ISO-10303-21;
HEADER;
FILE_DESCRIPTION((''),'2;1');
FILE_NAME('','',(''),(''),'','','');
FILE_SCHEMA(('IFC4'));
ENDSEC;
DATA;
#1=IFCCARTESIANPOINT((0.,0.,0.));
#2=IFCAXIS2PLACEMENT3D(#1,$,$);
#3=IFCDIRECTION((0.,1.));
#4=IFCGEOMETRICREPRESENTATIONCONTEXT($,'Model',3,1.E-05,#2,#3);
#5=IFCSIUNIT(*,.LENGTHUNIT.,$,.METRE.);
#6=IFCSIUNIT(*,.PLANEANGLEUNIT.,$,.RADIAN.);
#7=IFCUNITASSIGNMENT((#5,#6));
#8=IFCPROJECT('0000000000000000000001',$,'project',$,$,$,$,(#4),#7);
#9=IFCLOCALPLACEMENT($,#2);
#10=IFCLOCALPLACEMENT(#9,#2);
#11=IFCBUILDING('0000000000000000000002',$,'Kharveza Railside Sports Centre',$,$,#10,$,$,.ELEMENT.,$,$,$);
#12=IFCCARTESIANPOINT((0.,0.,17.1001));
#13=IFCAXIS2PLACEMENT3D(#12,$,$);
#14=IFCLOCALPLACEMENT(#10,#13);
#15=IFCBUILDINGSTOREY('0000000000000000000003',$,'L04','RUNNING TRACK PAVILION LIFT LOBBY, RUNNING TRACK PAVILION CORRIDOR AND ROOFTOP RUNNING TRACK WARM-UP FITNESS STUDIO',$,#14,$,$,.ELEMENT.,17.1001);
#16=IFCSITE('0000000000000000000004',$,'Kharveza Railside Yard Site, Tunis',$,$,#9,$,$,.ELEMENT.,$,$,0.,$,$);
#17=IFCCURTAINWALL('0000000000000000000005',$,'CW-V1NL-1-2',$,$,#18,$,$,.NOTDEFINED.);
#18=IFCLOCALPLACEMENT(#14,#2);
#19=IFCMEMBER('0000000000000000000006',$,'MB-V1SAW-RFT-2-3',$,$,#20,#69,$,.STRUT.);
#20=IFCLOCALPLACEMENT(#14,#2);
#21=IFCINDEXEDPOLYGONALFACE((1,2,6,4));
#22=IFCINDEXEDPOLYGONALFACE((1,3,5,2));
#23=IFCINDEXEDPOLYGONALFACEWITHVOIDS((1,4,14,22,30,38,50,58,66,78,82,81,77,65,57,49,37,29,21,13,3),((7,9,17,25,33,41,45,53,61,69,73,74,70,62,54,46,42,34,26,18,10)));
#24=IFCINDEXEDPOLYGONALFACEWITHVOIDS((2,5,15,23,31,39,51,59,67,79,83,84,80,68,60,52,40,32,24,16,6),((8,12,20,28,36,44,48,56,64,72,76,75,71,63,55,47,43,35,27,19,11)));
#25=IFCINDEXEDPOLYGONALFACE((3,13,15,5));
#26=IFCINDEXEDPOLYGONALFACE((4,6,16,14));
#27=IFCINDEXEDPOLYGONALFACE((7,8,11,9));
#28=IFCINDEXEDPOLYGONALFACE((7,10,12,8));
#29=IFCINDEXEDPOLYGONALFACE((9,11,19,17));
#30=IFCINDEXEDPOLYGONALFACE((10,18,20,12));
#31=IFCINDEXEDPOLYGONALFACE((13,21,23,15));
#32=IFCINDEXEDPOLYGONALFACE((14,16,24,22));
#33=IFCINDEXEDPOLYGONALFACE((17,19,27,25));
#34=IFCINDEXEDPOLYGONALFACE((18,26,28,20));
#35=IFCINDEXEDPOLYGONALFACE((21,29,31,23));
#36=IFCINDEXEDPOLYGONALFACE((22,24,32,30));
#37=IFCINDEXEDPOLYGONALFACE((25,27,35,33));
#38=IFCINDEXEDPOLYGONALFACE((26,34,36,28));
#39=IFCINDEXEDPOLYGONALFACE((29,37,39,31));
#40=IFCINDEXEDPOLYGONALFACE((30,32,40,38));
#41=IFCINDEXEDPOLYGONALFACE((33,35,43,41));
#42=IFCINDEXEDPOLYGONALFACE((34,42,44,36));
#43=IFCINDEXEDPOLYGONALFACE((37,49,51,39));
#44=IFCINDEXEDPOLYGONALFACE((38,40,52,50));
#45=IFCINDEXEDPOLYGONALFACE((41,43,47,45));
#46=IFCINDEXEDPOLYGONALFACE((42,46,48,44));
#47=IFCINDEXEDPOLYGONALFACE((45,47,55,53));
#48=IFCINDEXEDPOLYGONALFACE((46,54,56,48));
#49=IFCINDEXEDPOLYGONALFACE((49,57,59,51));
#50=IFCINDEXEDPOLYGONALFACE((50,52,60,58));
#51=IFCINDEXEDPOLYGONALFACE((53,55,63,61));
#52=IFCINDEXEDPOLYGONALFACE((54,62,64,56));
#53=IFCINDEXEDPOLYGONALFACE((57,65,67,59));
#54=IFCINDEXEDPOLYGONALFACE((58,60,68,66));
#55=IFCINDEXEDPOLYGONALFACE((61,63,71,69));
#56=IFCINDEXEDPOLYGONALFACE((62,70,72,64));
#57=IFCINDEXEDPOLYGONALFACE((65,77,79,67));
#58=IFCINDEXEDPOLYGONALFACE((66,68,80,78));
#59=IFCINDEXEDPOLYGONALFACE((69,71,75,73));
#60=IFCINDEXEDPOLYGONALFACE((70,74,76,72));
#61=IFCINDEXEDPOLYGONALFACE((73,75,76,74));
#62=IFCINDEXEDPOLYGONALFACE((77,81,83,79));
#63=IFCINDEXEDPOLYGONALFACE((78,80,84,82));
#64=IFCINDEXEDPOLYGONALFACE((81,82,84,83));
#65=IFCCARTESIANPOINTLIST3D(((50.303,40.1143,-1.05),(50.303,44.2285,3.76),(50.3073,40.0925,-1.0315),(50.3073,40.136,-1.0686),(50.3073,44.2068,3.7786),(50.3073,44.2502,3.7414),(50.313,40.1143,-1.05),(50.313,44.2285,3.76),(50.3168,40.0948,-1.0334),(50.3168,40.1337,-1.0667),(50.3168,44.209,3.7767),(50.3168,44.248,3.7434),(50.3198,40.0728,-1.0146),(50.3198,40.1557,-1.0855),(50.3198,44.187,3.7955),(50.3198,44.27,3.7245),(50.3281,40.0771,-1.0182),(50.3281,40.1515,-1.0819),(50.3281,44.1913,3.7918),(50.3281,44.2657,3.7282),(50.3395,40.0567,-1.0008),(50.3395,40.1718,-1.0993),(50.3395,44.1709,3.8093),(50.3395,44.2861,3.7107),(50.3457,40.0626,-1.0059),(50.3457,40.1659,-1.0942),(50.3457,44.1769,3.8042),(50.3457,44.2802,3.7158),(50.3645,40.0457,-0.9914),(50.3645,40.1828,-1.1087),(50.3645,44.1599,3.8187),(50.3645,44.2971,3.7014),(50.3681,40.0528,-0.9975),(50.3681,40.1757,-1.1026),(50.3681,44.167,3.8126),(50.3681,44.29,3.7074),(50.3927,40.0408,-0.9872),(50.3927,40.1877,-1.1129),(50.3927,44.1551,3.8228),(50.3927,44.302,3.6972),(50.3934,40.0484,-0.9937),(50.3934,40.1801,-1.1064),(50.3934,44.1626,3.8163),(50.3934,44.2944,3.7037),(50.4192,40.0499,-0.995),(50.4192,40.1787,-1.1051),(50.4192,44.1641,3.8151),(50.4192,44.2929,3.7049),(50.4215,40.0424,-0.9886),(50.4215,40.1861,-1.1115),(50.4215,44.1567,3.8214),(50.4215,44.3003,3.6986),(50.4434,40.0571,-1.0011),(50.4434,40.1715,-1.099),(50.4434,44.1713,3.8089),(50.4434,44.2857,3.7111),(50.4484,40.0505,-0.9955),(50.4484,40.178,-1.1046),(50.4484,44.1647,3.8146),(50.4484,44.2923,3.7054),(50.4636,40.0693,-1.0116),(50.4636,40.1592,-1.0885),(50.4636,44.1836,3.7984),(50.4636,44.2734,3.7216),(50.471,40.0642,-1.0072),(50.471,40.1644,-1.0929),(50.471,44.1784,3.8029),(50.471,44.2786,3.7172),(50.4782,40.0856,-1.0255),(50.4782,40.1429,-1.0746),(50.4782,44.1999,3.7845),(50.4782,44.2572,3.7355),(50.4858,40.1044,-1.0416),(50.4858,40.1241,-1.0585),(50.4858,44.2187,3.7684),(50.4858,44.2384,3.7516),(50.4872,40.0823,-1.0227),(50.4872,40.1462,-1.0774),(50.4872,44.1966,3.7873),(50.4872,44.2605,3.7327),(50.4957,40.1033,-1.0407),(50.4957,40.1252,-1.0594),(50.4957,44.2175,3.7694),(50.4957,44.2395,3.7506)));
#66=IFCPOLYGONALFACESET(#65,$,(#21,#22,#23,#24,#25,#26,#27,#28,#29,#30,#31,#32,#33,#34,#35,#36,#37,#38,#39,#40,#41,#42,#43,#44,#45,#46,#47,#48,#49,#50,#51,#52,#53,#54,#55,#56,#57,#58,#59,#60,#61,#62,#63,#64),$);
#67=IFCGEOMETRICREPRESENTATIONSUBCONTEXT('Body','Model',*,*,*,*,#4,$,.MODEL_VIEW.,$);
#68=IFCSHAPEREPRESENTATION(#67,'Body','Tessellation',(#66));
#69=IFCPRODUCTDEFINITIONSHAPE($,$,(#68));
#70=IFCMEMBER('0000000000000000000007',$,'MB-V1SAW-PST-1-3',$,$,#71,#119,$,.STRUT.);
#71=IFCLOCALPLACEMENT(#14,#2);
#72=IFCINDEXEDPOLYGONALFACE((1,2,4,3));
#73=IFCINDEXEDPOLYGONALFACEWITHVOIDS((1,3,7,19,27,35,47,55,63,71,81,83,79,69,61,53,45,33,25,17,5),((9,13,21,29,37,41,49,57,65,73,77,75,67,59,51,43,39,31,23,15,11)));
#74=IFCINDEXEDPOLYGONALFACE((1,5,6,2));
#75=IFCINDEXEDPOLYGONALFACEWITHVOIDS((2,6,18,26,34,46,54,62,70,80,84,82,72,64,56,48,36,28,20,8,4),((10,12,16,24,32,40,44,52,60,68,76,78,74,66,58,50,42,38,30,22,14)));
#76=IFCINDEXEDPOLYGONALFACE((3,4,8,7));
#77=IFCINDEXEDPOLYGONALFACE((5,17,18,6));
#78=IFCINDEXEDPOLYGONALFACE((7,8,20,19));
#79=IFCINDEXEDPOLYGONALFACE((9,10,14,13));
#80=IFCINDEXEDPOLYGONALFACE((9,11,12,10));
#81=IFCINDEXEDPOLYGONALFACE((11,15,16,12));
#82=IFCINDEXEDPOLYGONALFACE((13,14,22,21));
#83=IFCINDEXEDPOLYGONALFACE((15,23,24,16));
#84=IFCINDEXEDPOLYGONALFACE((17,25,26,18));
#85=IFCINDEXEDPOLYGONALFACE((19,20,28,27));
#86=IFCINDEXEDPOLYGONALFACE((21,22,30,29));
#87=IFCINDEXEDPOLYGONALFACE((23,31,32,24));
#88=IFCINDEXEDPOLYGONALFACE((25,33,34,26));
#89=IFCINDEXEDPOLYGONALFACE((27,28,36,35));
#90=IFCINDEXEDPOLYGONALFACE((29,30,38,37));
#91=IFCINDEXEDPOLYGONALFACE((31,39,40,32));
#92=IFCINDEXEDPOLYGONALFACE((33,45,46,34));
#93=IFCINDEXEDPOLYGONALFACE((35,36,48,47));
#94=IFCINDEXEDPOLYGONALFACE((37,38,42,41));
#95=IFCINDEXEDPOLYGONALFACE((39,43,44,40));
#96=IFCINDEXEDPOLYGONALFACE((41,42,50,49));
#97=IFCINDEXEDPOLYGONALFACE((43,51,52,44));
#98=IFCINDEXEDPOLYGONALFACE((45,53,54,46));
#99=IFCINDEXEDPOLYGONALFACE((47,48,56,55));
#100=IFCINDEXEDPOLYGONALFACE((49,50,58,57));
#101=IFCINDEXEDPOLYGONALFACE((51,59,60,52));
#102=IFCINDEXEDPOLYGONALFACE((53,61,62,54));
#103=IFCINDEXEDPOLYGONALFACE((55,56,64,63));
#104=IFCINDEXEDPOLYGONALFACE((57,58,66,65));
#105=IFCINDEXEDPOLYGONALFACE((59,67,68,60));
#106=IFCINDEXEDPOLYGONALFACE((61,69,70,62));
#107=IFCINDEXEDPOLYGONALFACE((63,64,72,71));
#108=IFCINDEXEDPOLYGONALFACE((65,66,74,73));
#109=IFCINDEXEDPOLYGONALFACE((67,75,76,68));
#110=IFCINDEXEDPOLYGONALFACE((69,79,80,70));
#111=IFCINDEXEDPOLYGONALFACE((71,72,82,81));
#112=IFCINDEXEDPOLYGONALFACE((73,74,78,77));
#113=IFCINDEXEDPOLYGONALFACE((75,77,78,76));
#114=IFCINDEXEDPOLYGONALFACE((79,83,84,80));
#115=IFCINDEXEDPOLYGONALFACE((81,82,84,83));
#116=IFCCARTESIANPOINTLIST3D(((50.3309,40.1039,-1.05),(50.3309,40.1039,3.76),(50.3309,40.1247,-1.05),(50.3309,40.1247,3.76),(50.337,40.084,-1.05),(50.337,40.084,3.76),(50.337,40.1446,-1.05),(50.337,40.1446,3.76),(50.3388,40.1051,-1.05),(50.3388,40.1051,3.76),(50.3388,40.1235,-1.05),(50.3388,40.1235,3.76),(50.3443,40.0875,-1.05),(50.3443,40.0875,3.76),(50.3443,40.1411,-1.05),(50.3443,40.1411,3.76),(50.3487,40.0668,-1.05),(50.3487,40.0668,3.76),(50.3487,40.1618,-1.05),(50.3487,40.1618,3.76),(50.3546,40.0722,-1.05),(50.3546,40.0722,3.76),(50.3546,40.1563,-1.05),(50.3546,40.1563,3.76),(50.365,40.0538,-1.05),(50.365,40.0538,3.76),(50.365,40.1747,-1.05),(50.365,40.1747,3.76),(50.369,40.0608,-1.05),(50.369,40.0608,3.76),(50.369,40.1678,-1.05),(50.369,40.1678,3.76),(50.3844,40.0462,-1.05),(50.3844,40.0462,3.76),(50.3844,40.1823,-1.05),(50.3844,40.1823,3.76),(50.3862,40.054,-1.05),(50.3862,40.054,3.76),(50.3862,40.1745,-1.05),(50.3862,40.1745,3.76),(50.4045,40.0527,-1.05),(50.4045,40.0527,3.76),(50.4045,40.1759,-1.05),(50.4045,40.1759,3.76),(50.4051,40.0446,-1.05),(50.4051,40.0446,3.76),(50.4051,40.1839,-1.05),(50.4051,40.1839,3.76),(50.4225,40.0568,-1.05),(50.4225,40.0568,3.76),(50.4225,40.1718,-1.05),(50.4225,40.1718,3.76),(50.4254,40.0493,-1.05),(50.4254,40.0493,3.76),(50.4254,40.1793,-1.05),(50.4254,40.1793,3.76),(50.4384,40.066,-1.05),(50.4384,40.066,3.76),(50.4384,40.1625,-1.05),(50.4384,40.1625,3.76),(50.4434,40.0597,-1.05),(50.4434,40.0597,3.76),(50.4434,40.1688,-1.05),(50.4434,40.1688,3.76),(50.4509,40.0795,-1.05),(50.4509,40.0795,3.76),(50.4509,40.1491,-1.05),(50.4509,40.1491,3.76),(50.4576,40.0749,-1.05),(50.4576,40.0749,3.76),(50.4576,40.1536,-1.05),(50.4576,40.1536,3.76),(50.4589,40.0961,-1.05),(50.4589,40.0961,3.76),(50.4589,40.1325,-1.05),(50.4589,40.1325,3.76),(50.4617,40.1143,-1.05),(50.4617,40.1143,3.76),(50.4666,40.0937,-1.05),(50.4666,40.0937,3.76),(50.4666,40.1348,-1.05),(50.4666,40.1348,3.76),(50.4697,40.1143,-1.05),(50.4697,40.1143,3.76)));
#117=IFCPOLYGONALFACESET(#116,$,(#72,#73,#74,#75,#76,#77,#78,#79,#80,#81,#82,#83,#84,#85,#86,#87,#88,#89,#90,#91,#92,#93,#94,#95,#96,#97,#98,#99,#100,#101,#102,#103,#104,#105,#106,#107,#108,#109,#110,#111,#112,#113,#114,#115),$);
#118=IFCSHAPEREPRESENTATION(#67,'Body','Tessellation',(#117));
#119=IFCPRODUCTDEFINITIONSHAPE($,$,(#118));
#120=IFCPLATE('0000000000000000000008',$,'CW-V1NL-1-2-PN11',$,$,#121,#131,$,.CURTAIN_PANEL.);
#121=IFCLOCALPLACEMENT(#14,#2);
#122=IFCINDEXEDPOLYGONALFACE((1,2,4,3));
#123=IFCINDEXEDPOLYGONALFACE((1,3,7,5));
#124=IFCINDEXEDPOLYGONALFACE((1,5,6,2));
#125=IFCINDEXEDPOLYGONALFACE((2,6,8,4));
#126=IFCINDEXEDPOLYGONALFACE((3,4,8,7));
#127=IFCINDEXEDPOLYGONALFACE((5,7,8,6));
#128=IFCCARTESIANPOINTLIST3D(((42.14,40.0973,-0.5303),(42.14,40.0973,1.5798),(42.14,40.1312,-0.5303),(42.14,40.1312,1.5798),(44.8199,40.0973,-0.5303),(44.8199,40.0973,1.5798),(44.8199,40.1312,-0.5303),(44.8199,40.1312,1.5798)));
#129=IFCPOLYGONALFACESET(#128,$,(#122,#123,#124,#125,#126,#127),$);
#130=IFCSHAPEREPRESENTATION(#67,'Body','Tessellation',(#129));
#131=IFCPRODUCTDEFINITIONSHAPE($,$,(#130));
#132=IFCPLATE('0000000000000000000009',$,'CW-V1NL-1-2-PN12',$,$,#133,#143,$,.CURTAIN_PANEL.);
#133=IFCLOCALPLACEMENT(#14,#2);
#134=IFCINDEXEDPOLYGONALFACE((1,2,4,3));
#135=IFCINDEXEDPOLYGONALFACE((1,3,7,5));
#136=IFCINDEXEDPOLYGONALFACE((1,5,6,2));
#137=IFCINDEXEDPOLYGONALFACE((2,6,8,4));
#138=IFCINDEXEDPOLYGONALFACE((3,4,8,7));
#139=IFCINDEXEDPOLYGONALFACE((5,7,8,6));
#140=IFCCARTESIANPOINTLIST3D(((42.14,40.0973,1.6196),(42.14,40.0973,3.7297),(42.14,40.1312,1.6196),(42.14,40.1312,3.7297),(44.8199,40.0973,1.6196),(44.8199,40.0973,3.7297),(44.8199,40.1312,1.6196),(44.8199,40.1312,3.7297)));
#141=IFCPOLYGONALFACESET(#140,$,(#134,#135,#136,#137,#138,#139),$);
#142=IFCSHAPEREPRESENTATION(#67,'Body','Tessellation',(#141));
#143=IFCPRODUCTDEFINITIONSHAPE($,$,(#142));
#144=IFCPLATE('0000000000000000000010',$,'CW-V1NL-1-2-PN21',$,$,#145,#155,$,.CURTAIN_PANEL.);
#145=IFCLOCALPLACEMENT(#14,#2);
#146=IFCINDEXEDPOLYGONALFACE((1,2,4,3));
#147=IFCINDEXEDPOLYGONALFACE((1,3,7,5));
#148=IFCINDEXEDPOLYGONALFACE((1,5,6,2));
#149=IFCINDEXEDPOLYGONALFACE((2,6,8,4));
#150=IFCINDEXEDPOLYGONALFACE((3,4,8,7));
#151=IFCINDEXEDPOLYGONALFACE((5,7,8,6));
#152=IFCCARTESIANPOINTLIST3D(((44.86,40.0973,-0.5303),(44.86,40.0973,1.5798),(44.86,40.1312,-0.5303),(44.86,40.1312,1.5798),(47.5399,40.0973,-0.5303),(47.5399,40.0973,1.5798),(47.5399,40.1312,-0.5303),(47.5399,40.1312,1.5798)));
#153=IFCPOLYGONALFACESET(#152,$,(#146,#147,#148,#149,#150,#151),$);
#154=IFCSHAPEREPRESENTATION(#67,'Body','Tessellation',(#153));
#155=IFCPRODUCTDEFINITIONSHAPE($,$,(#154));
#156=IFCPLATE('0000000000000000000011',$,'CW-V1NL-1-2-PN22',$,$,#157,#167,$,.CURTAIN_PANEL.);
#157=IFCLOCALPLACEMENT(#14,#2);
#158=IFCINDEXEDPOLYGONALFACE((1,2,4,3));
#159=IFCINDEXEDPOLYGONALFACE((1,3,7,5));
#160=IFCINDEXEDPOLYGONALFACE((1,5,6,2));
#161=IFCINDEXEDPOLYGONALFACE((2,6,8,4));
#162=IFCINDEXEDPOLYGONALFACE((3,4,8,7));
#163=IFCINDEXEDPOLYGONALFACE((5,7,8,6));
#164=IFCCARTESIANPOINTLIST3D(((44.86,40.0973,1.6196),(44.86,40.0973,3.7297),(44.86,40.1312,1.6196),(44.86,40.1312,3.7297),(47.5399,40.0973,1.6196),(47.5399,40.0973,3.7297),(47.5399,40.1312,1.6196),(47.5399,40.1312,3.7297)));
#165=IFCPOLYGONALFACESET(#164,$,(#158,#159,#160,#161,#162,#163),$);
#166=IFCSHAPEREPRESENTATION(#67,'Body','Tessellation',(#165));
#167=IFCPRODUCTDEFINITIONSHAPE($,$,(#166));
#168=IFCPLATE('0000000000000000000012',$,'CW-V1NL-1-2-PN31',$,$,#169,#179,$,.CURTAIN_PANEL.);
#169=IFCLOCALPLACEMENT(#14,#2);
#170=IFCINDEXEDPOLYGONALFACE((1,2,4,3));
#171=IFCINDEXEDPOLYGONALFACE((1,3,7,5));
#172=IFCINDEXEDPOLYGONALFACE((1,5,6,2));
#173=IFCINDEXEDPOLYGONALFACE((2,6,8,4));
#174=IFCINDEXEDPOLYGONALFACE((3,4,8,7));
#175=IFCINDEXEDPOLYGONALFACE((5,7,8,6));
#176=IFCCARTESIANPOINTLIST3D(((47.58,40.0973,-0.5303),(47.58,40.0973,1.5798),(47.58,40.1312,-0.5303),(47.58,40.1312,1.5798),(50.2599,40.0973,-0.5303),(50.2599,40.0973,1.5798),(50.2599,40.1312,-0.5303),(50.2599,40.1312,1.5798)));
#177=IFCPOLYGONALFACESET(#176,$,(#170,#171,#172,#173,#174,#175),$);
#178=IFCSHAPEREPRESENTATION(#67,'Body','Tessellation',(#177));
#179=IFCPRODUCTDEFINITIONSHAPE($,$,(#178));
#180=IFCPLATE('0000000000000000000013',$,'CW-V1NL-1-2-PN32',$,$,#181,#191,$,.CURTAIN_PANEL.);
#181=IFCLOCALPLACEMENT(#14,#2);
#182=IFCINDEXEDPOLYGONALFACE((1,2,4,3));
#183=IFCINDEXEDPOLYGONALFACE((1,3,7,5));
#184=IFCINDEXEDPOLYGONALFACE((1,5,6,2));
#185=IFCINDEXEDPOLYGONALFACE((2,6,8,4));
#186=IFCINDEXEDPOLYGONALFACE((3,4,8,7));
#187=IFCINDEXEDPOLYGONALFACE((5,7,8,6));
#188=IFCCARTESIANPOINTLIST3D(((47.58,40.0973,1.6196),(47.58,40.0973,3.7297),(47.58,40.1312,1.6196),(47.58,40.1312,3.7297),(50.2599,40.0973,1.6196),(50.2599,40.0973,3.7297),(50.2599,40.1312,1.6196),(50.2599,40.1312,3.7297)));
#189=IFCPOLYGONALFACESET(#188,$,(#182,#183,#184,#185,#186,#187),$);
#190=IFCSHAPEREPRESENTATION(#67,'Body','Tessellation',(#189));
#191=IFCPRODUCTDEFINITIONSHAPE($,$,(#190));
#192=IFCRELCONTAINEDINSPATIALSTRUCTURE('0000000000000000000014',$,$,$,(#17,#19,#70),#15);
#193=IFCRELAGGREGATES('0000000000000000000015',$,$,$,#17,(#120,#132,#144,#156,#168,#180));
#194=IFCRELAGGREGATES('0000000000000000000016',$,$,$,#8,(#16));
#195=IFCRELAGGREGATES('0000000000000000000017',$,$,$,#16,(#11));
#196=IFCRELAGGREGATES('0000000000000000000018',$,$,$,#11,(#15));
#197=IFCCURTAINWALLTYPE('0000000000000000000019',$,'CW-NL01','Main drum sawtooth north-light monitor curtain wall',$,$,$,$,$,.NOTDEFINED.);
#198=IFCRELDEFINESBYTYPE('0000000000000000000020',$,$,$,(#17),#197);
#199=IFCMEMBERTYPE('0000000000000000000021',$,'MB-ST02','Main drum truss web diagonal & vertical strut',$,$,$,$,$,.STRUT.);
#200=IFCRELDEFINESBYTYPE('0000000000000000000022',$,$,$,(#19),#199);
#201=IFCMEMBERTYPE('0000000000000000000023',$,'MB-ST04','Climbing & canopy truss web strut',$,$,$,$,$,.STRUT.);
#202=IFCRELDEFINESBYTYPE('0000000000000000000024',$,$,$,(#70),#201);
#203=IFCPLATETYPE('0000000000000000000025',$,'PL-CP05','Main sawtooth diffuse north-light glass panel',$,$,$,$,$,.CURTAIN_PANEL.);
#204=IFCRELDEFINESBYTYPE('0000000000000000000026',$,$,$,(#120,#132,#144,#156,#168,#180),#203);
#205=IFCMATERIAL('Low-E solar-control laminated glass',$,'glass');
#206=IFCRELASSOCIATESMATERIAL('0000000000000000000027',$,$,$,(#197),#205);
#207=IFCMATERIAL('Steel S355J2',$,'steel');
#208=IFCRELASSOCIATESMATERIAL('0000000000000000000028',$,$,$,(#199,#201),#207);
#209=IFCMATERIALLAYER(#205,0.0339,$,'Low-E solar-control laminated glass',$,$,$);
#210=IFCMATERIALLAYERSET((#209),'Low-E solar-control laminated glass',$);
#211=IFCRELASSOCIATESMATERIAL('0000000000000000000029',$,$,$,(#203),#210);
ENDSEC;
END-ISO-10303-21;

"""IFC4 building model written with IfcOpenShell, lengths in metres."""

from ifc_helpers import new_model, si_unit, direction, frame, origin, origin_2d, place, context, subcontext, project, spatial, rectangle, hollow_circle, extrude, material, layer, layer_set, material_profile, profile_set, type_object, element, aggregate, save


model = new_model("IFC4")

# Units and contexts
model_context = context("Model", 3, precision=1e-05, world=origin(), true_north=direction((0.0, 1.0)))
body_context = subcontext(model_context, "Body", "Model", "MODEL_VIEW")
ifc_project = project(units=[si_unit("LENGTHUNIT", "METRE"), si_unit("PLANEANGLEUNIT", "RADIAN")], contexts=[model_context])

# Site, building, storey
site_placement = place(None, origin())
site = spatial("IfcSite", under=ifc_project, at=site_placement, Name="Kharveza Railside Yard Site, Tunis", CompositionType="ELEMENT", RefElevation=0.0)
building_placement = place(site_placement, origin())
building = spatial("IfcBuilding", under=site, at=building_placement, Name="Kharveza Railside Sports Centre", CompositionType="ELEMENT")
storey_placement = place(building_placement, frame((0.0, 0.0, 17.1001)))
storey = spatial("IfcBuildingStorey", under=building, at=storey_placement, Name="L04", Description="RUNNING TRACK PAVILION LIFT LOBBY, RUNNING TRACK PAVILION CORRIDOR AND ROOFTOP RUNNING TRACK WARM-UP FITNESS STUDIO", CompositionType="ELEMENT", Elevation=17.1001)

# Curtain wall
ifc_material_1 = material(Name="Low-E solar-control laminated glass", Category="glass")
curtain_wall_type = type_object("IfcCurtainWallType", Name="CW-NL01", Description="Main drum sawtooth north-light monitor curtain wall", PredefinedType="NOTDEFINED", material=ifc_material_1)
curtain_wall_1_placement = place(storey_placement, origin())
curtain_wall_1 = element("IfcCurtainWall", 1, at=curtain_wall_1_placement, inside=storey, type_object=curtain_wall_type, Name="CW-V1NL-1-2", PredefinedType="NOTDEFINED")

# Members
ifc_material_2 = material(Name="Steel S355J2", Category="steel")
ifc_material_profile_1 = material_profile(ifc_material_2, hollow_circle(Radius=0.0969, WallThickness=0.01, at=origin_2d()), Name="CHS 193.7x10.0")
ifc_profile_set_1 = profile_set([ifc_material_profile_1], Name="Steel S355J2")
member_type_1 = type_object("IfcMemberType", Name="MB-ST02", Description="Main drum truss web diagonal & vertical strut", PredefinedType="STRUT", material=ifc_profile_set_1)
for number, where, z_axis, x_axis, name in (
    (2, (50.3999, 40.1143, -1.05), (0.0, 0.650003, 0.759931), (-1.0, 0.0, 0.0), "MB-V1SAW-RFT-2-3"),
):
    element("IfcMember", number, at=place(storey_placement, frame(where, z_axis=z_axis, x_axis=x_axis)), inside=storey, type_object=member_type_1, Name=name, PredefinedType="STRUT", context=body_context, shape_type="SweptSolid", body=[
        extrude(hollow_circle(Radius=0.0969, WallThickness=0.01, at=origin_2d()), origin(), (0.0, 0.0, 1.0), 6.3296),
    ])
ifc_material_profile_2 = material_profile(ifc_material_2, hollow_circle(Radius=0.0698, WallThickness=0.0081, at=origin_2d()), Name="CHS 139.7x8.0")
ifc_profile_set_2 = profile_set([ifc_material_profile_2], Name="Steel S355J2")
member_type_2 = type_object("IfcMemberType", Name="MB-ST04", Description="Climbing & canopy truss web strut", PredefinedType="STRUT", material=ifc_profile_set_2)
member_1_placement = place(storey_placement, frame((50.3999, 40.1143, -1.05), z_axis=(0.0, 0.0, 1.0), x_axis=(1.0, 0.0, 0.0)))
element("IfcMember", 3, at=member_1_placement, inside=storey, type_object=member_type_2, Name="MB-V1SAW-PST-1-3", PredefinedType="STRUT", context=body_context, shape_type="SweptSolid", body=[
    extrude(hollow_circle(Radius=0.0698, WallThickness=0.0081, at=origin_2d()), origin(), (0.0, 0.0, 1.0), 4.8101),
])

# Plates
ifc_layer_1 = layer(ifc_material_1, 0.0339, Name="Low-E solar-control laminated glass")
ifc_layer_set_1 = layer_set([ifc_layer_1], Name="Low-E solar-control laminated glass")
plate_type_1 = type_object("IfcPlateType", Name="PL-CP05", Description="Main sawtooth diffuse north-light glass panel", PredefinedType="CURTAIN_PANEL", material=ifc_layer_set_1)
plate_1_placement = place(storey_placement, frame((43.48, 40.1143, -0.5303), z_axis=(0.0, 0.0, 1.0), x_axis=(1.0, 0.0, 0.0)))
plate_1 = element("IfcPlate", 4, at=plate_1_placement, type_object=plate_type_1, Name="CW-V1NL-1-2-PN11", PredefinedType="CURTAIN_PANEL", context=body_context, shape_type="SweptSolid", body=[
    extrude(rectangle(XDim=2.6799, YDim=0.0339, at=origin_2d()), origin(), (0.0, 0.0, 1.0), 2.1101),
])
plate_2_placement = place(storey_placement, frame((43.48, 40.1143, 1.6196), z_axis=(0.0, 0.0, 1.0), x_axis=(1.0, 0.0, 0.0)))
plate_2 = element("IfcPlate", 5, at=plate_2_placement, type_object=plate_type_1, Name="CW-V1NL-1-2-PN12", PredefinedType="CURTAIN_PANEL", context=body_context, shape_type="SweptSolid", body=[
    extrude(rectangle(XDim=2.6799, YDim=0.0339, at=origin_2d()), origin(), (0.0, 0.0, 1.0), 2.1101),
])
plate_3_placement = place(storey_placement, frame((46.2, 40.1143, -0.5303), z_axis=(0.0, 0.0, 1.0), x_axis=(1.0, 0.0, 0.0)))
plate_3 = element("IfcPlate", 6, at=plate_3_placement, type_object=plate_type_1, Name="CW-V1NL-1-2-PN21", PredefinedType="CURTAIN_PANEL", context=body_context, shape_type="SweptSolid", body=[
    extrude(rectangle(XDim=2.6799, YDim=0.0339, at=origin_2d()), origin(), (0.0, 0.0, 1.0), 2.1101),
])
plate_4_placement = place(storey_placement, frame((46.2, 40.1143, 1.6196), z_axis=(0.0, 0.0, 1.0), x_axis=(1.0, 0.0, 0.0)))
plate_4 = element("IfcPlate", 7, at=plate_4_placement, type_object=plate_type_1, Name="CW-V1NL-1-2-PN22", PredefinedType="CURTAIN_PANEL", context=body_context, shape_type="SweptSolid", body=[
    extrude(rectangle(XDim=2.6799, YDim=0.0339, at=origin_2d()), origin(), (0.0, 0.0, 1.0), 2.1101),
])
plate_5_placement = place(storey_placement, frame((48.9199, 40.1143, -0.5303), z_axis=(0.0, 0.0, 1.0), x_axis=(1.0, 0.0, 0.0)))
plate_5 = element("IfcPlate", 8, at=plate_5_placement, type_object=plate_type_1, Name="CW-V1NL-1-2-PN31", PredefinedType="CURTAIN_PANEL", context=body_context, shape_type="SweptSolid", body=[
    extrude(rectangle(XDim=2.6799, YDim=0.0339, at=origin_2d()), origin(), (0.0, 0.0, 1.0), 2.1101),
])
plate_6_placement = place(storey_placement, frame((48.9199, 40.1143, 1.6196), z_axis=(0.0, 0.0, 1.0), x_axis=(1.0, 0.0, 0.0)))
plate_6 = element("IfcPlate", 9, at=plate_6_placement, type_object=plate_type_1, Name="CW-V1NL-1-2-PN32", PredefinedType="CURTAIN_PANEL", context=body_context, shape_type="SweptSolid", body=[
    extrude(rectangle(XDim=2.6799, YDim=0.0339, at=origin_2d()), origin(), (0.0, 0.0, 1.0), 2.1101),
])
aggregate(curtain_wall_1, [plate_1, plate_2, plate_3, plate_4, plate_5, plate_6])

save(model, "model.ifc")
